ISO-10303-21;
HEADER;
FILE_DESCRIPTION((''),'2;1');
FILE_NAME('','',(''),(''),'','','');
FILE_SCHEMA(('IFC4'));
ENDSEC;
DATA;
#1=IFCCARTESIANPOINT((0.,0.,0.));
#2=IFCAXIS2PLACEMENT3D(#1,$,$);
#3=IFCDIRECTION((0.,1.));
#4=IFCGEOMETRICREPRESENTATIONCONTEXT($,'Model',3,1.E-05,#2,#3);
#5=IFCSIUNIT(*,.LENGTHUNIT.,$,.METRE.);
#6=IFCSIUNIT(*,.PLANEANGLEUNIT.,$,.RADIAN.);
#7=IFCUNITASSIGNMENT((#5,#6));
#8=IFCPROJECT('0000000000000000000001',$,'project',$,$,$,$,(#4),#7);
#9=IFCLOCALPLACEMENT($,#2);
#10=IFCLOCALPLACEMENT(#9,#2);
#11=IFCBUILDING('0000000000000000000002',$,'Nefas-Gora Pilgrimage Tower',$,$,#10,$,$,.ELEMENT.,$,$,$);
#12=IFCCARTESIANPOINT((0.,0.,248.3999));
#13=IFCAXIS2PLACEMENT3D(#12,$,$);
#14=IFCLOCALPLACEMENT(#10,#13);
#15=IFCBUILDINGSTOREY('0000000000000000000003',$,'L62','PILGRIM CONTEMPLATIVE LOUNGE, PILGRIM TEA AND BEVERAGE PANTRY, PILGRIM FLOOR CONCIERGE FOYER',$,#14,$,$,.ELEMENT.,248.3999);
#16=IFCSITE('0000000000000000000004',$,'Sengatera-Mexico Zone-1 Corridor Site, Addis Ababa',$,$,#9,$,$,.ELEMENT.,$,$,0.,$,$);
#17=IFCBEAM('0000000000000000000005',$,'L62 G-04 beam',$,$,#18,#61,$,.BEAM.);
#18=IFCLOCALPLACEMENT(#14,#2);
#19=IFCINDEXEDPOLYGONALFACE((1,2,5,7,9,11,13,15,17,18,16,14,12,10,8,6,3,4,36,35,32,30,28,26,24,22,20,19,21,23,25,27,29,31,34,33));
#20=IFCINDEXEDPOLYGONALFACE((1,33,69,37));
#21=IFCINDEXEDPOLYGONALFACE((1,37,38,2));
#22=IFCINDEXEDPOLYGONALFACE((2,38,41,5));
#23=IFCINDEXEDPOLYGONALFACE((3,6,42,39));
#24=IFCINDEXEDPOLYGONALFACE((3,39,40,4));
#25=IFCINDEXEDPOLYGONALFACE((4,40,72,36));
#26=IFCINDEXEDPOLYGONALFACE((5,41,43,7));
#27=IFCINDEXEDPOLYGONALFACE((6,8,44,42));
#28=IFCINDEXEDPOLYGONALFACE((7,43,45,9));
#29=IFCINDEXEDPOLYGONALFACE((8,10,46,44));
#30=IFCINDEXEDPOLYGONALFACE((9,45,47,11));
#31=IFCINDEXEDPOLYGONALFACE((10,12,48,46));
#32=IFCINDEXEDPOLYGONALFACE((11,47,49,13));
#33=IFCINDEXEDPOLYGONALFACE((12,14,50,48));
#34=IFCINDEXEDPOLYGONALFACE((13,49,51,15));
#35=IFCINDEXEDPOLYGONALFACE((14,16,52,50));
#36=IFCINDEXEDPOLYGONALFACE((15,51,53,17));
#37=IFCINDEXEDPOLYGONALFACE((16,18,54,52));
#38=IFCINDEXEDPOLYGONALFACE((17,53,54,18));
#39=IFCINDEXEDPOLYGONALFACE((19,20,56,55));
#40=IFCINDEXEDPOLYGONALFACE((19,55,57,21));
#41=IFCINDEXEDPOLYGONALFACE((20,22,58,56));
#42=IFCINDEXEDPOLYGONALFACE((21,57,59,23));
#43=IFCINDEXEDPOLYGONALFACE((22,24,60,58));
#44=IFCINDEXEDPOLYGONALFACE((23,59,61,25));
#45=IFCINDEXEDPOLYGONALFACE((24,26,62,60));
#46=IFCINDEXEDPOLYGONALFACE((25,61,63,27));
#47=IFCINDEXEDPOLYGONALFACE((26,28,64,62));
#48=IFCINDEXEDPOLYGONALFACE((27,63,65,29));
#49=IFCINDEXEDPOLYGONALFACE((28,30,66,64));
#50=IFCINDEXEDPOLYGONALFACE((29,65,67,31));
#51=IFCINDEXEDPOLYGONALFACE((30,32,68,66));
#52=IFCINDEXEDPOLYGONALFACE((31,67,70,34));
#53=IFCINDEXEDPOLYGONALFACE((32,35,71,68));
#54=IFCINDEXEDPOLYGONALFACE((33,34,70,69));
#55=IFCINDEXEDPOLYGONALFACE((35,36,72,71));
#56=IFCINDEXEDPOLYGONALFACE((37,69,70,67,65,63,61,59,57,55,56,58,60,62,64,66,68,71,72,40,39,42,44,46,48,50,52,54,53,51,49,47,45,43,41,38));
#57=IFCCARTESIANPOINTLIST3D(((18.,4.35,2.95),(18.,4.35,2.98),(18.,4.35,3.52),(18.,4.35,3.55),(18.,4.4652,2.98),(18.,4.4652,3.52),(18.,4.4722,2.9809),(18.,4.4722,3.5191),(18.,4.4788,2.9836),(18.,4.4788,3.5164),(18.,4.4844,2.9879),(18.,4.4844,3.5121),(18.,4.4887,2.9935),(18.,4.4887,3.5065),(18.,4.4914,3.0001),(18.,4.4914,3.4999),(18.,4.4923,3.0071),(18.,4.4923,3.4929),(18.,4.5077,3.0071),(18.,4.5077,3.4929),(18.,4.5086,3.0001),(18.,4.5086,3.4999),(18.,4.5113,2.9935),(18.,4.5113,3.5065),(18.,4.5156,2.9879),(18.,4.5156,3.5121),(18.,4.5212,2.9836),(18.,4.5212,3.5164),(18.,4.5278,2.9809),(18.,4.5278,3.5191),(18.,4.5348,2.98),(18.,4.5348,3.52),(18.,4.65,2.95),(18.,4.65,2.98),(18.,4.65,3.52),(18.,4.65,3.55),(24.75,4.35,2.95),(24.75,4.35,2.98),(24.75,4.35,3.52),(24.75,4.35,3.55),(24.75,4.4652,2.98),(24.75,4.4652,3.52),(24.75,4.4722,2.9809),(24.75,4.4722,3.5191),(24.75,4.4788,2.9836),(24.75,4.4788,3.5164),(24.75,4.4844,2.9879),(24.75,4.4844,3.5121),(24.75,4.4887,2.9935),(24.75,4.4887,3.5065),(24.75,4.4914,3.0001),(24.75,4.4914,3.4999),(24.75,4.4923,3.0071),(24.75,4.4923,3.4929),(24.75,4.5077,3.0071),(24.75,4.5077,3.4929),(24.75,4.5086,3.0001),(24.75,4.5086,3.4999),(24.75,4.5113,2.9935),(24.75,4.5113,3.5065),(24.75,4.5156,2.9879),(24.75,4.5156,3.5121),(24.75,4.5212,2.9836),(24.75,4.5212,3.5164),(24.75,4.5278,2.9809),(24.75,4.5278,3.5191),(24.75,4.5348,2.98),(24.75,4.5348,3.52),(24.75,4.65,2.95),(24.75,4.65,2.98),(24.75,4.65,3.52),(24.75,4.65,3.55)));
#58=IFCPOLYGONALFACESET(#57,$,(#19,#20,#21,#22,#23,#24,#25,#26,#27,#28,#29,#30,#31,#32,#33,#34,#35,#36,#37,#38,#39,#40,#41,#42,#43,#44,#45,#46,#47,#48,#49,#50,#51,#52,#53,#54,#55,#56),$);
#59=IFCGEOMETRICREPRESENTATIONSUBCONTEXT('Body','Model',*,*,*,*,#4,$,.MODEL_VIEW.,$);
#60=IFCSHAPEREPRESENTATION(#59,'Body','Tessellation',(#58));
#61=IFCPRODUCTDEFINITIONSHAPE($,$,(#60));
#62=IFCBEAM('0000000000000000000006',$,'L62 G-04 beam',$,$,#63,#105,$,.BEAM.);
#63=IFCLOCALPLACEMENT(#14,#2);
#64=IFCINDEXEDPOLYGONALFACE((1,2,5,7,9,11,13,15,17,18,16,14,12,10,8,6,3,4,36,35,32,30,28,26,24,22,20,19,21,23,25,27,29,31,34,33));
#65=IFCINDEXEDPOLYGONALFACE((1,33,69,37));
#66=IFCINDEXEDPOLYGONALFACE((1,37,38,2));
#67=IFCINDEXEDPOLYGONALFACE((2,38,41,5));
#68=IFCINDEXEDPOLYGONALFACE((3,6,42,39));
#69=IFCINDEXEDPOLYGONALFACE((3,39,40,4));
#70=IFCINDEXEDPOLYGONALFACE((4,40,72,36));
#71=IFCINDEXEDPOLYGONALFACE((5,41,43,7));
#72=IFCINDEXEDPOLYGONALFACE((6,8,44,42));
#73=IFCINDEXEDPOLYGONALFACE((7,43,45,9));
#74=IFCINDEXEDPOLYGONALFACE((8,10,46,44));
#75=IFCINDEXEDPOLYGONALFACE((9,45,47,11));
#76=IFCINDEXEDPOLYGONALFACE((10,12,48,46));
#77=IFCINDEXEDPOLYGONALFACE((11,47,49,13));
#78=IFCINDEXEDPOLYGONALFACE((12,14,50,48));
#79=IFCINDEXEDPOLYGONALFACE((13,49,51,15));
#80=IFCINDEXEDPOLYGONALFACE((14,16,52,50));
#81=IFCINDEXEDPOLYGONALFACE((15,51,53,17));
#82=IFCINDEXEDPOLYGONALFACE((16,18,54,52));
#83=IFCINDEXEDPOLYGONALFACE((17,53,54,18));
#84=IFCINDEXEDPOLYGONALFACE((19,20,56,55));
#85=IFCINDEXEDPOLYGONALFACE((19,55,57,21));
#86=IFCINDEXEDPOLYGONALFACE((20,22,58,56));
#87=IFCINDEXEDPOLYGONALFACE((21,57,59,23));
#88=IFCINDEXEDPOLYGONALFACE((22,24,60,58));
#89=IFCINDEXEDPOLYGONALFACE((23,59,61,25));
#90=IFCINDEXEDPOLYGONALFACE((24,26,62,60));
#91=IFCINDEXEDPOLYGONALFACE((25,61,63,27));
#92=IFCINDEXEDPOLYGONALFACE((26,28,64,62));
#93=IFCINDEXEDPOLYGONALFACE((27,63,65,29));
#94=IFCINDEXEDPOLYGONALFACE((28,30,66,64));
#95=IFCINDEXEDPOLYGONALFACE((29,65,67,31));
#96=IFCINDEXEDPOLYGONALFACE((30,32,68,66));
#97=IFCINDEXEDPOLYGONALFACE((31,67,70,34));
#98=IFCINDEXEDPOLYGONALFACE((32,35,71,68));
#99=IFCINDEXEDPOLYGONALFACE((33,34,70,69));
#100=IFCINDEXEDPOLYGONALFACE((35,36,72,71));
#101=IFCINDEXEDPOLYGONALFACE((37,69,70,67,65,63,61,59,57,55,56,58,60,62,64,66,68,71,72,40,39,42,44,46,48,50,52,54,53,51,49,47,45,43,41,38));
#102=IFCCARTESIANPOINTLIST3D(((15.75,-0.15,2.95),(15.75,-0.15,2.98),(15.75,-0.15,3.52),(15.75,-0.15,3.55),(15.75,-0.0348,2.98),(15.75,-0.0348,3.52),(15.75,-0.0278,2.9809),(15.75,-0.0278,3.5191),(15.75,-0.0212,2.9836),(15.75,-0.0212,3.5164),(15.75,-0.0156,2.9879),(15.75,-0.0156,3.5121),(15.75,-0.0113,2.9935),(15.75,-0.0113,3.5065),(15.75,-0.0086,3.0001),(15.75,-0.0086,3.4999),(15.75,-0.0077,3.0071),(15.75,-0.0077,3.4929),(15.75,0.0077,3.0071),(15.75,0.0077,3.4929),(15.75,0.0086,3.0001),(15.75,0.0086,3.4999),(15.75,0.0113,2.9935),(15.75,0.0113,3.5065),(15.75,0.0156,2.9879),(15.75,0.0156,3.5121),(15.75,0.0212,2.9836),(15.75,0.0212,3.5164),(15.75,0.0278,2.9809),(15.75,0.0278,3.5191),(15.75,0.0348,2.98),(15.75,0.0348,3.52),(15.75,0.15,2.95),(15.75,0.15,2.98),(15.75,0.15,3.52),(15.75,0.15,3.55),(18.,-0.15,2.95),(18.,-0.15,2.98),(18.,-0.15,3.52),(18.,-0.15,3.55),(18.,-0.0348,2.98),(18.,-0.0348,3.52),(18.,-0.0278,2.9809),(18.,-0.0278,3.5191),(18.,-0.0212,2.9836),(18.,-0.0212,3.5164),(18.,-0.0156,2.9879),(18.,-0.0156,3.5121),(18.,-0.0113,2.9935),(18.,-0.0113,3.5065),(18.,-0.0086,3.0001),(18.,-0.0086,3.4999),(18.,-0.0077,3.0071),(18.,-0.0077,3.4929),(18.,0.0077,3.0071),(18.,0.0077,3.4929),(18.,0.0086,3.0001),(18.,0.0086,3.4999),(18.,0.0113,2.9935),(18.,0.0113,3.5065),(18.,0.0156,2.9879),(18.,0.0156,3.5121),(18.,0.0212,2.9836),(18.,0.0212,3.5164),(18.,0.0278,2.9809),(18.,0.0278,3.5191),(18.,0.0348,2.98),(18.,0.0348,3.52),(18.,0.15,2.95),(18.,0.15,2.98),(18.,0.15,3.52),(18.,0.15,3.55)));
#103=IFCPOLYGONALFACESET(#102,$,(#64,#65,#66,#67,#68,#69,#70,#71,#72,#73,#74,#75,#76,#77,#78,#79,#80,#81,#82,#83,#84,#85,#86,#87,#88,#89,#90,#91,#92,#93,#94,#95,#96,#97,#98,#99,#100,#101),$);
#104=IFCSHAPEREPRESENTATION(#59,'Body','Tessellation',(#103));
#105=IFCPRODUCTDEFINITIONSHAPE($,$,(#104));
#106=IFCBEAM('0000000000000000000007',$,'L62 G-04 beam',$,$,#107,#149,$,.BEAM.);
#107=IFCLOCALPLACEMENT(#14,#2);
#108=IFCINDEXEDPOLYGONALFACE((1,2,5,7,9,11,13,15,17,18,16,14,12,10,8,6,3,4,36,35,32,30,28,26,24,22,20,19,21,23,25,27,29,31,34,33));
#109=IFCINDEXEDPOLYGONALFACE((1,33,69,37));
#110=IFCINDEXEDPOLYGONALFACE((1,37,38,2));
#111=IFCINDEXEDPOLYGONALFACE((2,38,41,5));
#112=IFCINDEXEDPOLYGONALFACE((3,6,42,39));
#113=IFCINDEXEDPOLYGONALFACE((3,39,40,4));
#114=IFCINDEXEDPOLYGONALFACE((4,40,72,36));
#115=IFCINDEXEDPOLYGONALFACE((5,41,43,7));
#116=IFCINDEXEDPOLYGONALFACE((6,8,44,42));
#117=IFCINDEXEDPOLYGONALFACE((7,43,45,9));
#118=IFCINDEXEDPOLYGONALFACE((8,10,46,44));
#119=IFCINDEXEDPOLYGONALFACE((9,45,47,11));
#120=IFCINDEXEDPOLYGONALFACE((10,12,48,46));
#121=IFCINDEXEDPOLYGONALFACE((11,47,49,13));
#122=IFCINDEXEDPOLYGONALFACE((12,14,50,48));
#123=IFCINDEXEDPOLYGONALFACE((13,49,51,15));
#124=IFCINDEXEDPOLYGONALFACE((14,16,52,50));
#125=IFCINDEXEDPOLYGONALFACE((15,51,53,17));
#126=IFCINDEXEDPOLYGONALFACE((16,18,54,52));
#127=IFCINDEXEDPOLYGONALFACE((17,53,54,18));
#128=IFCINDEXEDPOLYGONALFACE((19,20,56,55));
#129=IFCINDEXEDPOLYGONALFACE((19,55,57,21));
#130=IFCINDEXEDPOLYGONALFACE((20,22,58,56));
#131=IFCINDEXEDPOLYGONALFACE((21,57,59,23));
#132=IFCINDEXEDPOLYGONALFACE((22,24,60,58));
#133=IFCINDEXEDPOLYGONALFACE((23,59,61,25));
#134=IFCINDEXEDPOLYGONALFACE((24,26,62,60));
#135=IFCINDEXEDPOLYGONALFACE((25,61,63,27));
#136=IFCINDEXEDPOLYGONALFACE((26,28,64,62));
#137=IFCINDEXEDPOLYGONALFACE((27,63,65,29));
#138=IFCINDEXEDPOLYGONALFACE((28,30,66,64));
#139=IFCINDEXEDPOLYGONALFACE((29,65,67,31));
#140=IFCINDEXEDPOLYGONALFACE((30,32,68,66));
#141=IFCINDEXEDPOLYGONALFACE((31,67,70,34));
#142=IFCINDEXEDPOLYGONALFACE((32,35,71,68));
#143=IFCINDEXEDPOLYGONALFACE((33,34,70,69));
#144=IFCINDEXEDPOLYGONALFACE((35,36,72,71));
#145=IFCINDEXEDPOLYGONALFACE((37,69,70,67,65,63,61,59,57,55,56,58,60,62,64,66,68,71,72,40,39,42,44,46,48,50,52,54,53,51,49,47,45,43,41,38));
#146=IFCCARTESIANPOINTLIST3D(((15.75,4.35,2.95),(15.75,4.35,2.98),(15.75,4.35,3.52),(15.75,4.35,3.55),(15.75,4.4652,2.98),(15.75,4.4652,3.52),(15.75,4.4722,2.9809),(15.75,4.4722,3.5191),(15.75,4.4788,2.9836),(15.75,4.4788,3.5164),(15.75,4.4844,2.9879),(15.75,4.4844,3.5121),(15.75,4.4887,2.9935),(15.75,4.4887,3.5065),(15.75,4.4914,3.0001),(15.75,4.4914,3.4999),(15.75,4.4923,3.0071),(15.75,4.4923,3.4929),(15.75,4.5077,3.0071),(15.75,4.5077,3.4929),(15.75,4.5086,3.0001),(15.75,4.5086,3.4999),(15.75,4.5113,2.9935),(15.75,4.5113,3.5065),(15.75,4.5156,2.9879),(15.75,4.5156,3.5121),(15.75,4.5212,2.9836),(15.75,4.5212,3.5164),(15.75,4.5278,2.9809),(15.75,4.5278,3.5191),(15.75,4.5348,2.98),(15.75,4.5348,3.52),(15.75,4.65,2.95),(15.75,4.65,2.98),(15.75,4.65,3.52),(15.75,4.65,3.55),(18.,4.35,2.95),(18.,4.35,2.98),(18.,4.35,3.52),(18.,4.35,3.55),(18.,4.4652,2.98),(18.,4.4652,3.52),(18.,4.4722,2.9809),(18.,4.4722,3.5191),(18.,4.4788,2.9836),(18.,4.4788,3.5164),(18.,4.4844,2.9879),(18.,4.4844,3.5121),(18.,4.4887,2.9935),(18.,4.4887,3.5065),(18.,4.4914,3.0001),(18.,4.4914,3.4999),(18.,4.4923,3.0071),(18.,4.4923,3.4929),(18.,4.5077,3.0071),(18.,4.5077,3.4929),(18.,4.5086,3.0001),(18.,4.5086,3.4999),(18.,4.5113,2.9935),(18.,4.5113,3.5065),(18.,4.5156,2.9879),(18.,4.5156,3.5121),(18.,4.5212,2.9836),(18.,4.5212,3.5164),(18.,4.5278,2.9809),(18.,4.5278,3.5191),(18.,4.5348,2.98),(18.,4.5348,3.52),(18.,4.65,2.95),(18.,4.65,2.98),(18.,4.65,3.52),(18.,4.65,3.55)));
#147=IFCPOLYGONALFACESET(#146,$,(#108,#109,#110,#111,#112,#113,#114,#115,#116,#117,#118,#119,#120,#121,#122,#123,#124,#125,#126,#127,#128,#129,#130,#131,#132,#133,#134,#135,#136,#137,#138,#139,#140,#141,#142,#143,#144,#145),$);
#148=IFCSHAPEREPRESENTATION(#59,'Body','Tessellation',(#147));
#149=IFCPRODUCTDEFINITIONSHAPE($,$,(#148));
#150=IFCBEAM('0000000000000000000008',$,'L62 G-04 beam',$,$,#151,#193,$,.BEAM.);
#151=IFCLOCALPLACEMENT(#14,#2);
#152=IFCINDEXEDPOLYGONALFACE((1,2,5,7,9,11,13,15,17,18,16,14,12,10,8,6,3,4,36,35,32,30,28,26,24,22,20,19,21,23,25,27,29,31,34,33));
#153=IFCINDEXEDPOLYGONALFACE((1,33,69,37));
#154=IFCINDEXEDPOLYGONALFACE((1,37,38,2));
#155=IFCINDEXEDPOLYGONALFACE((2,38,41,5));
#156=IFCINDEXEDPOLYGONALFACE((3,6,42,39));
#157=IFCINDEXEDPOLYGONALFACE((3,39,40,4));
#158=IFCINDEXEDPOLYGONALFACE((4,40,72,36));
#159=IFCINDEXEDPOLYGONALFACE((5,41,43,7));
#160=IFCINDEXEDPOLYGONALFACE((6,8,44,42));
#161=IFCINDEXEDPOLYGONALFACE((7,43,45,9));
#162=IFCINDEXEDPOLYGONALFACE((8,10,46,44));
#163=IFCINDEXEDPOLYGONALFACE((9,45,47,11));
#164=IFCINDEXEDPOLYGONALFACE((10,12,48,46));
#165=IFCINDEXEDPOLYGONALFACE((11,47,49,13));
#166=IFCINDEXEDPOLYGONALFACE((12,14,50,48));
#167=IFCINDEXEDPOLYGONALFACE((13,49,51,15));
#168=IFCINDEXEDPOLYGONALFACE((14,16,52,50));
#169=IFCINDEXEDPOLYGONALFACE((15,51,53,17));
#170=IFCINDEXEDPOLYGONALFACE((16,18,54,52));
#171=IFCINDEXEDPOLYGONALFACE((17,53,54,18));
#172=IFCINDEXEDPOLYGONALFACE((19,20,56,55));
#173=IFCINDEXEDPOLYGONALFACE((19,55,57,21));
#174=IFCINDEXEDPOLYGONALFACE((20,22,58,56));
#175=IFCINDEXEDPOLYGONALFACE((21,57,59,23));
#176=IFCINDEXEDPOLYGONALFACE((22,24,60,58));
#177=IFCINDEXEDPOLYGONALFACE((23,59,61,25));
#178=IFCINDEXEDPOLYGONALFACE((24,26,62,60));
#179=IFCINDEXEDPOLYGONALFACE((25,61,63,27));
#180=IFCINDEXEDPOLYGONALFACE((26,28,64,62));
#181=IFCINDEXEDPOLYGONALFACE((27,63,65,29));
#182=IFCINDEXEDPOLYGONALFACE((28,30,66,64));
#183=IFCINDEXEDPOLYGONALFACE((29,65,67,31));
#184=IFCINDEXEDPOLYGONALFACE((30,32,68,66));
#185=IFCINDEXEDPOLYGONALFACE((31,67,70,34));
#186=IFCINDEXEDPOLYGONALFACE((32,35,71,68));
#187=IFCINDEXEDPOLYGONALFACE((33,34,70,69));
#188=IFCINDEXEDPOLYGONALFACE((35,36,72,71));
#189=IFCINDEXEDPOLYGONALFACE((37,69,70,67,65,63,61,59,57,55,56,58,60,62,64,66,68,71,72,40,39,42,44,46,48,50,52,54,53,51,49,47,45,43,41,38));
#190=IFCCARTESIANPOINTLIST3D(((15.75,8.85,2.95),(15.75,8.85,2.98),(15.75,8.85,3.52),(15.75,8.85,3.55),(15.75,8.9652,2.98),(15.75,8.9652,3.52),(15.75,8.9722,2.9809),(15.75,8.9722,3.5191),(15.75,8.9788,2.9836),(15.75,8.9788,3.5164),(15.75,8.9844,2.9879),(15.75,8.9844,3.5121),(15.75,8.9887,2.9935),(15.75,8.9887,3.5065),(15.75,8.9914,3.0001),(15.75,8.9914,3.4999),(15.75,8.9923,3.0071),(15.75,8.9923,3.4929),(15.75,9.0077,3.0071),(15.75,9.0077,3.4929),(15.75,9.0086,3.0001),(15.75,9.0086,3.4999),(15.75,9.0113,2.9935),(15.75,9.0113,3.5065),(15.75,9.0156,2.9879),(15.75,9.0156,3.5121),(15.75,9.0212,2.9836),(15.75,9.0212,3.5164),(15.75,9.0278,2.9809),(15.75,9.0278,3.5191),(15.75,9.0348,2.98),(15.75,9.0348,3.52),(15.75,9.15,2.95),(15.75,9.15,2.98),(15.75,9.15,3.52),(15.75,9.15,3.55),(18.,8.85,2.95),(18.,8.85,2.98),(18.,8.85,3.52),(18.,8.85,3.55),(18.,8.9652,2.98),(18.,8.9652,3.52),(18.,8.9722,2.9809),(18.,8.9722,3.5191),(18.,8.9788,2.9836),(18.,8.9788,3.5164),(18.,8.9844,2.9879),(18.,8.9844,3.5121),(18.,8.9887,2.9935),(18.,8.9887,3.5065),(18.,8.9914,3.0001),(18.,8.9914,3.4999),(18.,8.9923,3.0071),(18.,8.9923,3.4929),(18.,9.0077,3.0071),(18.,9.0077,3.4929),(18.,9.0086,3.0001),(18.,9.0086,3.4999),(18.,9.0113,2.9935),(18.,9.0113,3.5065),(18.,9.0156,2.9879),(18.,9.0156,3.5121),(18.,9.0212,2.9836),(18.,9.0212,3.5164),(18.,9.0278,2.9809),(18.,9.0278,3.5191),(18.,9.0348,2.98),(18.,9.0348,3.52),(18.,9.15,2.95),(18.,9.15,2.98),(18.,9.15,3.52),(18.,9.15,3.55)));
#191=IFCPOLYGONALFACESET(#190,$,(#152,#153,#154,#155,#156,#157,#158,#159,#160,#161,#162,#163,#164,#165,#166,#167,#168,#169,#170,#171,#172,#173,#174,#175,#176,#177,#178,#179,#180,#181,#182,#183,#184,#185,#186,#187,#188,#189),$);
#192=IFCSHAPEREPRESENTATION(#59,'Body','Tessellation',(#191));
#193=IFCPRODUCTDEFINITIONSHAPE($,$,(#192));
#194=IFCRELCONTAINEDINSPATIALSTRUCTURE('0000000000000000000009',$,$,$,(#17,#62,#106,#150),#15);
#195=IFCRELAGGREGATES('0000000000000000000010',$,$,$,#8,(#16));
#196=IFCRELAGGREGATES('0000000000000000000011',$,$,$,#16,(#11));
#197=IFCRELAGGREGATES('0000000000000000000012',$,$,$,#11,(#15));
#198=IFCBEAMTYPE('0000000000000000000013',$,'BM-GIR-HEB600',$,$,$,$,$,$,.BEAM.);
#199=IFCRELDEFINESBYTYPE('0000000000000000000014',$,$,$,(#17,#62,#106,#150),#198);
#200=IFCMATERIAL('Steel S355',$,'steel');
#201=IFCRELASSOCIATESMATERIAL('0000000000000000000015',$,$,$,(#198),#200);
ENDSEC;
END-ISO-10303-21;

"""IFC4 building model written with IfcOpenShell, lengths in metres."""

from ifc_helpers import new_model, si_unit, direction, frame, origin, origin_2d, place, context, subcontext, project, spatial, i_section, extrude, source, transform, mapped, material, material_profile, profile_set, type_object, element, save


model = new_model("IFC4")

# Units and contexts
model_context = context("Model", 3, precision=1e-05, world=origin(), true_north=direction((0.0, 1.0)))
body_context = subcontext(model_context, "Body", "Model", "MODEL_VIEW")
ifc_project = project(units=[si_unit("LENGTHUNIT", "METRE"), si_unit("PLANEANGLEUNIT", "RADIAN")], contexts=[model_context])

# Site, building, storey
site_placement = place(None, origin())
site = spatial("IfcSite", under=ifc_project, at=site_placement, Name="Sengatera-Mexico Zone-1 Corridor Site, Addis Ababa", CompositionType="ELEMENT", RefElevation=0.0)
building_placement = place(site_placement, origin())
building = spatial("IfcBuilding", under=site, at=building_placement, Name="Nefas-Gora Pilgrimage Tower", CompositionType="ELEMENT")
storey_placement = place(building_placement, frame((0.0, 0.0, 248.3999)))
storey = spatial("IfcBuildingStorey", under=building, at=storey_placement, Name="L62", Description="PILGRIM CONTEMPLATIVE LOUNGE, PILGRIM TEA AND BEVERAGE PANTRY, PILGRIM FLOOR CONCIERGE FOYER", CompositionType="ELEMENT", Elevation=248.3999)

# Beams
ifc_material_1 = material(Name="Steel S355", Category="steel")
ifc_material_profile_1 = material_profile(ifc_material_1, i_section(OverallWidth=0.3, OverallDepth=0.6001, WebThickness=0.0154, FlangeThickness=0.03, FilletRadius=0.0271, at=origin_2d()), Name="HEB 600")
ifc_profile_set_1 = profile_set([ifc_material_profile_1], Name="Steel S355")
beam_type_1 = type_object("IfcBeamType", Name="BM-GIR-HEB600", PredefinedType="BEAM", material=ifc_profile_set_1)
shared_shape_1 = source(origin(), body_context, "Body", "SweptSolid", [
    extrude(i_section(OverallWidth=0.3, OverallDepth=0.6001, WebThickness=0.0154, FlangeThickness=0.03, FilletRadius=0.0271, at=origin_2d()), origin(), (0.0, 0.0, 1.0), 6.75),
])
for number, where, z_axis, x_axis, name in (
    (1, (18.0, 4.5, 3.25), (1.0, 0.0, 0.0), (0.0, 1.0, 0.0), "L62 G-04 beam"),
):
    element("IfcBeam", number, at=place(storey_placement, frame(where, z_axis=z_axis, x_axis=x_axis)), inside=storey, type_object=beam_type_1, Name=name, PredefinedType="BEAM", context=body_context, shape_type="MappedRepresentation", body=[
        mapped(shared_shape_1, transform((0.0, 0.0, 0.0), x_axis=(1.0, 0.0, 0.0), y_axis=(0.0, 1.0, 0.0), z_axis=(0.0, 0.0, 1.0), scale=1.0)),
    ])
shared_shape_2 = source(origin(), body_context, "Body", "SweptSolid", [
    extrude(i_section(OverallWidth=0.3, OverallDepth=0.6001, WebThickness=0.0154, FlangeThickness=0.03, FilletRadius=0.0271, at=origin_2d()), origin(), (0.0, 0.0, 1.0), 2.25),
])
for number, where, z_axis, x_axis, name in (
    (2, (15.75, 0.0, 3.25), (1.0, 0.0, 0.0), (0.0, 1.0, 0.0), "L62 G-04 beam"),
    (3, (15.75, 4.5, 3.25), (1.0, 0.0, 0.0), (0.0, 1.0, 0.0), "L62 G-04 beam"),
    (4, (15.75, 9.0, 3.25), (1.0, 0.0, 0.0), (0.0, 1.0, 0.0), "L62 G-04 beam"),
):
    element("IfcBeam", number, at=place(storey_placement, frame(where, z_axis=z_axis, x_axis=x_axis)), inside=storey, type_object=beam_type_1, Name=name, PredefinedType="BEAM", context=body_context, shape_type="MappedRepresentation", body=[
        mapped(shared_shape_2, transform((0.0, 0.0, 0.0), x_axis=(1.0, 0.0, 0.0), y_axis=(0.0, 1.0, 0.0), z_axis=(0.0, 0.0, 1.0), scale=1.0)),
    ])

save(model, "model.ifc")
